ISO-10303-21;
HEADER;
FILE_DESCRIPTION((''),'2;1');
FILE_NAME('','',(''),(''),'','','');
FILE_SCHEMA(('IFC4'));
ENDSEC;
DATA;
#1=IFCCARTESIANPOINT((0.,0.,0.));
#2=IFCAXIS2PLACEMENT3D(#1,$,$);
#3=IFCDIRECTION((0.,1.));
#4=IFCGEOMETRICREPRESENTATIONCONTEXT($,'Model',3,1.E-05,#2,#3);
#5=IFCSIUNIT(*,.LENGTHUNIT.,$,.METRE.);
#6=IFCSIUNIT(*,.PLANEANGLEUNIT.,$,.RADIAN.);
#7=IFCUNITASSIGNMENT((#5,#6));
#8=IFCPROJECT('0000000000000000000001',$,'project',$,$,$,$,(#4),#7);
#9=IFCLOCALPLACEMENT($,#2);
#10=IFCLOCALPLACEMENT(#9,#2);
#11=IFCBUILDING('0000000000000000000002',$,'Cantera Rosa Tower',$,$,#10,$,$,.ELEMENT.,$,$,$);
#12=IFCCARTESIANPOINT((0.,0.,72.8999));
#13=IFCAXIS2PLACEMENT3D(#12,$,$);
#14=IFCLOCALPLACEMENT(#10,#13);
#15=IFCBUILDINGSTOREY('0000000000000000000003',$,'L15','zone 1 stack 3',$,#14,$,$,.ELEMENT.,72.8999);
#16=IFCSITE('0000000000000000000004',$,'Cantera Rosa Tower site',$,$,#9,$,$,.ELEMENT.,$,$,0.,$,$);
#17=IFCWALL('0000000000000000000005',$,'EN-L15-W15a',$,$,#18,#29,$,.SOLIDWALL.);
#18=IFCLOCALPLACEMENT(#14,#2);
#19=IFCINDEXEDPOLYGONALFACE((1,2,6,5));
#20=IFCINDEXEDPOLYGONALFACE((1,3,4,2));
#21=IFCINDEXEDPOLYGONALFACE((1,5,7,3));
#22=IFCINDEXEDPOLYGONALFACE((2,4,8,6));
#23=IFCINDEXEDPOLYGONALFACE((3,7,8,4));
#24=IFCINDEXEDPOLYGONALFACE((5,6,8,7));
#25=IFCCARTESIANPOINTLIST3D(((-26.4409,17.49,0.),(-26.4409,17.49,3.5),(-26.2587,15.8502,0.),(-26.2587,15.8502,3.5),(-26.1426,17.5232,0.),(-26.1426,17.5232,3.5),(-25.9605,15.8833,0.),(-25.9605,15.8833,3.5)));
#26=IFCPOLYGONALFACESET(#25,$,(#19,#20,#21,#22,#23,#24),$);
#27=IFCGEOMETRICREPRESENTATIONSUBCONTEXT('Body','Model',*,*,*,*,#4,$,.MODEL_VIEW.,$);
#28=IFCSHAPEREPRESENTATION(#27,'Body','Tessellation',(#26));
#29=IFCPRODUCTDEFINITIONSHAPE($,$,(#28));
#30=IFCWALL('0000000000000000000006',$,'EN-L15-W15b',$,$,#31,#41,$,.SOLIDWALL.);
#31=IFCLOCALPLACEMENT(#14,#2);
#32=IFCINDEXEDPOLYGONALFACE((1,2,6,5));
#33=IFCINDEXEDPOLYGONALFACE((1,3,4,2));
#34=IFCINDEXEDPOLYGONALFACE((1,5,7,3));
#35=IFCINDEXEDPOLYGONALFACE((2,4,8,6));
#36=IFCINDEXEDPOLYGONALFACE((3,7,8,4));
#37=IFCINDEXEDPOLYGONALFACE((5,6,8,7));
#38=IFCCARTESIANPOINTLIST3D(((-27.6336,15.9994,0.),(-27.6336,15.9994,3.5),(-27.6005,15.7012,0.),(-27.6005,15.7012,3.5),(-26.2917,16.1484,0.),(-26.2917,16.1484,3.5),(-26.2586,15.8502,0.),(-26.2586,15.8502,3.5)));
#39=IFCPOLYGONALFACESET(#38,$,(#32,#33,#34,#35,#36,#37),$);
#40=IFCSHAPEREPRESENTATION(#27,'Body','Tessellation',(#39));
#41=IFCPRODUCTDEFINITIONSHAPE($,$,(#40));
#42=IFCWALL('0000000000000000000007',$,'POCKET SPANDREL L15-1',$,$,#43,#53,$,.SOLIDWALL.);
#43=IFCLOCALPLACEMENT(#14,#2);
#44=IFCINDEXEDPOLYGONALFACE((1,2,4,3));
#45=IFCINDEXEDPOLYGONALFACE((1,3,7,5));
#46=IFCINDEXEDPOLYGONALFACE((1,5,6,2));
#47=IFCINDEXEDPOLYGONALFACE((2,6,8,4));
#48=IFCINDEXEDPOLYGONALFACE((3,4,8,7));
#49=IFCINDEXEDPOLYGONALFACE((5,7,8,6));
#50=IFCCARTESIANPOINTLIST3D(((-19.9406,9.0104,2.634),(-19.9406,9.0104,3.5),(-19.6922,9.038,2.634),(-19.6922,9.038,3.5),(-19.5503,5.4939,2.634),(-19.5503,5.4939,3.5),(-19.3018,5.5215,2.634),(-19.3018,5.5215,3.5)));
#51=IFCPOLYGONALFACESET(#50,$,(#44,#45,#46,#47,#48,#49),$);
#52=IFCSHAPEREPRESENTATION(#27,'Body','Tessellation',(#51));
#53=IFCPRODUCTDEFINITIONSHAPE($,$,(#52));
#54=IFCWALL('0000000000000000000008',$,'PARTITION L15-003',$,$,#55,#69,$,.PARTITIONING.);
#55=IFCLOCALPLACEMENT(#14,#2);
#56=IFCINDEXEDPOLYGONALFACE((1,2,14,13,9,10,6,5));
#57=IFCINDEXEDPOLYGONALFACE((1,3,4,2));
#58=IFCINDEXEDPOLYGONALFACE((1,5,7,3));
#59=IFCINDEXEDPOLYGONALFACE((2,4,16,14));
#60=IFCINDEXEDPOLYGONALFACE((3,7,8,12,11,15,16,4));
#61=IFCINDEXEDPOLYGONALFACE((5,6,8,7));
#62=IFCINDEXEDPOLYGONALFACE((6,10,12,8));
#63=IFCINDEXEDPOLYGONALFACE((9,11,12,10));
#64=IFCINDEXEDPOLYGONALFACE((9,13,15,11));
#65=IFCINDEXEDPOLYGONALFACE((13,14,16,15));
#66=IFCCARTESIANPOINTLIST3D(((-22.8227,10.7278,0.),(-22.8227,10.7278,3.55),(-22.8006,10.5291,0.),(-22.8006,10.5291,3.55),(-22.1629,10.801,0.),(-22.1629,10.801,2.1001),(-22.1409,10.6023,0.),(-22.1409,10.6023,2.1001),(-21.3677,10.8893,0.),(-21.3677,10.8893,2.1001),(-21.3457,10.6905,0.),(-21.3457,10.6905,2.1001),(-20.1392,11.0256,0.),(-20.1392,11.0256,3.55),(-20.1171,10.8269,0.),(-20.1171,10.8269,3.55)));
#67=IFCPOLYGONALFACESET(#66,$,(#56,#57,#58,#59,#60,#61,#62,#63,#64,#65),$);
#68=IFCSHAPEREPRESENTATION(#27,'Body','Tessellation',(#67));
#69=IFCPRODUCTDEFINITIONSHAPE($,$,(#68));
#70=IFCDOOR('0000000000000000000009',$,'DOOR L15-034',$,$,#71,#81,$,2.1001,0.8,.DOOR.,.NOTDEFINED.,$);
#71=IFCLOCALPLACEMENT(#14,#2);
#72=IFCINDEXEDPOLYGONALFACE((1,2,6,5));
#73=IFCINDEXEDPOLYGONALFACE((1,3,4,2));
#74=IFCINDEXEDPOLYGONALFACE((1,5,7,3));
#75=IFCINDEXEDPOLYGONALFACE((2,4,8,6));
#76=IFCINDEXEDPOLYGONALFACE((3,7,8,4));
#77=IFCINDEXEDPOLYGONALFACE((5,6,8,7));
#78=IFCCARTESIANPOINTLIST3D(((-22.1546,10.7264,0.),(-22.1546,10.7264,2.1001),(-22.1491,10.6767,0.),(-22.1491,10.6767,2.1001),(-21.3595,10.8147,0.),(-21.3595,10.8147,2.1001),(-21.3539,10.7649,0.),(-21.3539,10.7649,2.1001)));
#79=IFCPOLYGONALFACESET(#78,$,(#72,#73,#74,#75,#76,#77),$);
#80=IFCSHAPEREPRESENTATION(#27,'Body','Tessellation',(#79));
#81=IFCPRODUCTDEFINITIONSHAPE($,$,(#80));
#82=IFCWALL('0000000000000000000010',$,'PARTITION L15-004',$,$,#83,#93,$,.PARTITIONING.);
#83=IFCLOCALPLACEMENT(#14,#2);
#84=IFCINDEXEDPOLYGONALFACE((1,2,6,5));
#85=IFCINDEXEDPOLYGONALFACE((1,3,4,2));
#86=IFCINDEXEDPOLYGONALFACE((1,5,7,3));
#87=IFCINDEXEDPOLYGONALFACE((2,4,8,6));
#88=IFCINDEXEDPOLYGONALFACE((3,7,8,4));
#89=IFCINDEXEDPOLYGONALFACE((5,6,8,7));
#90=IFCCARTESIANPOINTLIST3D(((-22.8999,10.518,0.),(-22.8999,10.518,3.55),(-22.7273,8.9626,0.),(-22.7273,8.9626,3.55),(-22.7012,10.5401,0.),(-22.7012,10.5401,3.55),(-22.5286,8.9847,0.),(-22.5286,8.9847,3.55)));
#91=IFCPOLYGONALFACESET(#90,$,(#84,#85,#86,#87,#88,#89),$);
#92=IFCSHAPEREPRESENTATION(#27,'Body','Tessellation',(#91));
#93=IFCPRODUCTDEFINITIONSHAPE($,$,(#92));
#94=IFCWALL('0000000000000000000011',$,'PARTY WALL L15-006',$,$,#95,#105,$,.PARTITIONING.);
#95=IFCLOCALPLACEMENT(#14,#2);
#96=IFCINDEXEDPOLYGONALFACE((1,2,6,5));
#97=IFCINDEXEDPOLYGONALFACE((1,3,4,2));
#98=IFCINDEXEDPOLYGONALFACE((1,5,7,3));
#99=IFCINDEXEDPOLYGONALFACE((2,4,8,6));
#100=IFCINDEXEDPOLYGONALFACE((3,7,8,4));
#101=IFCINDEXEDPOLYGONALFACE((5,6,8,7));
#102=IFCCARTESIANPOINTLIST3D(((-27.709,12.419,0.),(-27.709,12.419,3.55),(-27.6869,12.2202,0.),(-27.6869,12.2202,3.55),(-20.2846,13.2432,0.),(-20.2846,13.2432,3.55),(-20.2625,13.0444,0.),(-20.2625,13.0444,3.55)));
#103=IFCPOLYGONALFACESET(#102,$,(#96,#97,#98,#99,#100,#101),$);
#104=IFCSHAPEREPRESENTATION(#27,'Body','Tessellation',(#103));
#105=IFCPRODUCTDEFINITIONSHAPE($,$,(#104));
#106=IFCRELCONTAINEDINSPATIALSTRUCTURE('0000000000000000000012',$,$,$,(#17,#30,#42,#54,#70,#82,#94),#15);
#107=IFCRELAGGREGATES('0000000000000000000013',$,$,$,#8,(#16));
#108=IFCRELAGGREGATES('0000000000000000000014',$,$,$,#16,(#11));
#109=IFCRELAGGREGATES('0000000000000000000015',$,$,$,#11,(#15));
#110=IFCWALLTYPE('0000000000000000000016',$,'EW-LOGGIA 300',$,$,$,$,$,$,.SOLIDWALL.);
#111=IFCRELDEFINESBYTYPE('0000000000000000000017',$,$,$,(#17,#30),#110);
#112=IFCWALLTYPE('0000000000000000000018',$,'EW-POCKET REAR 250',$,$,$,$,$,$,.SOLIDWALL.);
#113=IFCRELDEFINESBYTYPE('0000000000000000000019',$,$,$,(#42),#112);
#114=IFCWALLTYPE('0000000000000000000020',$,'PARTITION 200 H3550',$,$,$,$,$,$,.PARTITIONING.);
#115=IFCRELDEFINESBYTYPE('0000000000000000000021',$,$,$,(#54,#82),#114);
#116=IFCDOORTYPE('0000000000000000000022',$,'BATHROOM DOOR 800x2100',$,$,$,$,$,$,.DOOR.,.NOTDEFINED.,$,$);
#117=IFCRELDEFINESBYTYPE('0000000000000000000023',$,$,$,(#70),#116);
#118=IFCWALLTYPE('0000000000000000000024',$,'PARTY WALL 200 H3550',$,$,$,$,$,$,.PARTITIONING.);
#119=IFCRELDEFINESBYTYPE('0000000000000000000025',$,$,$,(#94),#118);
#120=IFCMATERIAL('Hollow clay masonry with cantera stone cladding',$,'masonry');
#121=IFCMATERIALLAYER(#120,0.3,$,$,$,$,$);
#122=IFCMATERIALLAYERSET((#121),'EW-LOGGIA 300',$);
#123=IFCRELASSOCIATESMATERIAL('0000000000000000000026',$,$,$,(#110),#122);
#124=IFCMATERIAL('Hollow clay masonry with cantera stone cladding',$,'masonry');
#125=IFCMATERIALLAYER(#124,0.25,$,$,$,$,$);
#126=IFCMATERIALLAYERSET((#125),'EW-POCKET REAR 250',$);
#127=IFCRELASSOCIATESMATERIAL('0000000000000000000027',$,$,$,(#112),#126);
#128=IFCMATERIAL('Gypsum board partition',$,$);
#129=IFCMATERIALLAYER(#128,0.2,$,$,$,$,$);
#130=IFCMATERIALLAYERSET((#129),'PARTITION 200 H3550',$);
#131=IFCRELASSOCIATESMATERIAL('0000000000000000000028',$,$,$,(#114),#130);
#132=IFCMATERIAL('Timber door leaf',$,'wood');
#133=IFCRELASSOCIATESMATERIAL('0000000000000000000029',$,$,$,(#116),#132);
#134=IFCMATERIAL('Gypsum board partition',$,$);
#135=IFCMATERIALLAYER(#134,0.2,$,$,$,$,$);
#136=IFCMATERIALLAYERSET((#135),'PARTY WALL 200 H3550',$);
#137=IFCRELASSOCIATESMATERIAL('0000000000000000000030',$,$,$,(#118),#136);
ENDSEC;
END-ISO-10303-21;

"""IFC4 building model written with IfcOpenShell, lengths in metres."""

from ifc_helpers import new_model, si_unit, direction, frame, frame_2d, origin, place, context, subcontext, project, spatial, rectangle, extrude, material, layer, layer_set, type_object, element, fill, save


model = new_model("IFC4")

# Units and contexts
model_context = context("Model", 3, precision=1e-05, world=origin(), true_north=direction((0.0, 1.0)))
body_context = subcontext(model_context, "Body", "Model", "MODEL_VIEW")
ifc_project = project(units=[si_unit("LENGTHUNIT", "METRE"), si_unit("PLANEANGLEUNIT", "RADIAN")], contexts=[model_context])

# Site, building, storey
site_placement = place(None, origin())
site = spatial("IfcSite", under=ifc_project, at=site_placement, Name="Cantera Rosa Tower site", CompositionType="ELEMENT", RefElevation=0.0)
building_placement = place(site_placement, origin())
building = spatial("IfcBuilding", under=site, at=building_placement, Name="Cantera Rosa Tower", CompositionType="ELEMENT")
storey_placement = place(building_placement, frame((0.0, 0.0, 72.8999)))
storey = spatial("IfcBuildingStorey", under=building, at=storey_placement, Name="L15", Description="zone 1 stack 3", CompositionType="ELEMENT", Elevation=72.8999)

# Walls
ifc_material_1 = material(Name="Hollow clay masonry with cantera stone cladding", Category="masonry")
ifc_layer_1 = layer(ifc_material_1, 0.3)
ifc_layer_set_1 = layer_set([ifc_layer_1], Name="EW-LOGGIA 300")
wall_type_1 = type_object("IfcWallType", Name="EW-LOGGIA 300", PredefinedType="SOLIDWALL", material=ifc_layer_set_1)
wall_1_placement = place(storey_placement, frame((-26.2917, 17.5066, 0.0), z_axis=(0.0, 0.0, 1.0), x_axis=(0.110383, -0.993889, 0.0)))
element("IfcWall", 1, at=wall_1_placement, inside=storey, type_object=wall_type_1, Name="EN-L15-W15a", PredefinedType="SOLIDWALL", context=body_context, shape_type="SweptSolid", body=[
    extrude(rectangle(XDim=1.6499, YDim=0.3, at=frame_2d((0.825, 0.0))), origin(), (0.0, 0.0, 1.0), 3.5),
])
wall_2_placement = place(storey_placement, frame((-26.2751, 15.9993, 0.0), z_axis=(0.0, 0.0, 1.0), x_axis=(-0.993897, -0.110312, 0.0)))
element("IfcWall", 2, at=wall_2_placement, inside=storey, type_object=wall_type_1, Name="EN-L15-W15b", PredefinedType="SOLIDWALL", context=body_context, shape_type="SweptSolid", body=[
    extrude(rectangle(XDim=1.3501, YDim=0.3, at=frame_2d((0.675, 0.0))), origin(), (0.0, 0.0, 1.0), 3.5),
])

# Wall
ifc_material_2 = material(Name="Hollow clay masonry with cantera stone cladding", Category="masonry")
ifc_layer_2 = layer(ifc_material_2, 0.25)
ifc_layer_set_2 = layer_set([ifc_layer_2], Name="EW-POCKET REAR 250")
wall_type_2 = type_object("IfcWallType", Name="EW-POCKET REAR 250", PredefinedType="SOLIDWALL", material=ifc_layer_set_2)
wall_3_placement = place(storey_placement, frame((-19.8164, 9.0242, 2.634), z_axis=(0.0, 0.0, 1.0), x_axis=(0.110333, -0.993895, 0.0)))
element("IfcWall", 3, at=wall_3_placement, inside=storey, type_object=wall_type_2, Name="POCKET SPANDREL L15-1", PredefinedType="SOLIDWALL", context=body_context, shape_type="SweptSolid", body=[
    extrude(rectangle(XDim=3.5381, YDim=0.25, at=frame_2d((1.769, 0.0))), origin(), (0.0, 0.0, 1.0), 0.866),
])

# Wall, opening, door
ifc_material_3 = material(Name="Gypsum board partition")
ifc_layer_3 = layer(ifc_material_3, 0.2)
ifc_layer_set_3 = layer_set([ifc_layer_3], Name="PARTITION 200 H3550")
wall_type_3 = type_object("IfcWallType", Name="PARTITION 200 H3550", PredefinedType="PARTITIONING", material=ifc_layer_set_3)
wall_4_placement = place(storey_placement, frame((-22.8118, 10.6284, 0.0), z_axis=(0.0, 0.0, 1.0), x_axis=(0.993897, 0.110312, 0.0)))
wall_4 = element("IfcWall", 4, at=wall_4_placement, inside=storey, type_object=wall_type_3, Name="PARTITION L15-003", PredefinedType="PARTITIONING", context=body_context, shape_type="SweptSolid", body=[
    extrude(rectangle(XDim=2.7, YDim=0.2, at=frame_2d((1.3501, 0.0))), origin(), (0.0, 0.0, 1.0), 3.55),
])
opening_1_placement = place(wall_4_placement, frame((0.6641, 0.0, 0.0)))
opening_1 = element("IfcOpeningElement", 5, at=opening_1_placement, cuts=wall_4, PredefinedType="OPENING", context=body_context, shape_type="SweptSolid", body=[
    extrude(rectangle(XDim=0.8, YDim=2.1001, at=frame_2d((0.3999, 1.05))), frame((0.0, 0.1099, 0.0), z_axis=(0.0, -1.0, 0.0), x_axis=(1.0, 0.0, 0.0)), (0.0, 0.0, 1.0), 0.22),
])
ifc_material_4 = material(Name="Timber door leaf", Category="wood")
door_type_1 = type_object("IfcDoorType", Name="BATHROOM DOOR 800x2100", OperationType="NOTDEFINED", PredefinedType="DOOR", material=ifc_material_4)
door_1_placement = place(opening_1_placement, origin())
door_1 = element("IfcDoor", 6, at=door_1_placement, inside=storey, type_object=door_type_1, Name="DOOR L15-034", OperationType="NOTDEFINED", OverallHeight=2.1001, OverallWidth=0.8, PredefinedType="DOOR", context=body_context, shape_type="SweptSolid", body=[
    extrude(rectangle(XDim=0.8, YDim=2.1001, at=frame_2d((0.3999, 1.05))), frame((0.0, 0.0249, 0.0), z_axis=(0.0, -1.0, 0.0), x_axis=(1.0, 0.0, 0.0)), (0.0, 0.0, 1.0), 0.05),
])
fill(opening_1, door_1)

# Walls
wall_5_placement = place(storey_placement, frame((-22.6279, 8.9736, 0.0), z_axis=(0.0, 0.0, 1.0), x_axis=(-0.110295, 0.993899, 0.0)))
element("IfcWall", 7, at=wall_5_placement, inside=storey, type_object=wall_type_3, Name="PARTITION L15-004", PredefinedType="PARTITIONING", context=body_context, shape_type="SweptSolid", body=[
    extrude(rectangle(XDim=1.5649, YDim=0.2, at=frame_2d((0.7825, 0.0))), origin(), (0.0, 0.0, 1.0), 3.55),
])
ifc_material_5 = material(Name="Gypsum board partition")
ifc_layer_4 = layer(ifc_material_5, 0.2)
ifc_layer_set_4 = layer_set([ifc_layer_4], Name="PARTY WALL 200 H3550")
wall_type_4 = type_object("IfcWallType", Name="PARTY WALL 200 H3550", PredefinedType="PARTITIONING", material=ifc_layer_set_4)
wall_6_placement = place(storey_placement, frame((-20.2737, 13.1438, 0.0), z_axis=(0.0, 0.0, 1.0), x_axis=(-0.993894, -0.110338, 0.0)))
element("IfcWall", 8, at=wall_6_placement, inside=storey, type_object=wall_type_4, Name="PARTY WALL L15-006", PredefinedType="PARTITIONING", context=body_context, shape_type="SweptSolid", body=[
    extrude(rectangle(XDim=7.47, YDim=0.2, at=frame_2d((3.7349, 0.0))), origin(), (0.0, 0.0, 1.0), 3.55),
])

save(model, "model.ifc")
